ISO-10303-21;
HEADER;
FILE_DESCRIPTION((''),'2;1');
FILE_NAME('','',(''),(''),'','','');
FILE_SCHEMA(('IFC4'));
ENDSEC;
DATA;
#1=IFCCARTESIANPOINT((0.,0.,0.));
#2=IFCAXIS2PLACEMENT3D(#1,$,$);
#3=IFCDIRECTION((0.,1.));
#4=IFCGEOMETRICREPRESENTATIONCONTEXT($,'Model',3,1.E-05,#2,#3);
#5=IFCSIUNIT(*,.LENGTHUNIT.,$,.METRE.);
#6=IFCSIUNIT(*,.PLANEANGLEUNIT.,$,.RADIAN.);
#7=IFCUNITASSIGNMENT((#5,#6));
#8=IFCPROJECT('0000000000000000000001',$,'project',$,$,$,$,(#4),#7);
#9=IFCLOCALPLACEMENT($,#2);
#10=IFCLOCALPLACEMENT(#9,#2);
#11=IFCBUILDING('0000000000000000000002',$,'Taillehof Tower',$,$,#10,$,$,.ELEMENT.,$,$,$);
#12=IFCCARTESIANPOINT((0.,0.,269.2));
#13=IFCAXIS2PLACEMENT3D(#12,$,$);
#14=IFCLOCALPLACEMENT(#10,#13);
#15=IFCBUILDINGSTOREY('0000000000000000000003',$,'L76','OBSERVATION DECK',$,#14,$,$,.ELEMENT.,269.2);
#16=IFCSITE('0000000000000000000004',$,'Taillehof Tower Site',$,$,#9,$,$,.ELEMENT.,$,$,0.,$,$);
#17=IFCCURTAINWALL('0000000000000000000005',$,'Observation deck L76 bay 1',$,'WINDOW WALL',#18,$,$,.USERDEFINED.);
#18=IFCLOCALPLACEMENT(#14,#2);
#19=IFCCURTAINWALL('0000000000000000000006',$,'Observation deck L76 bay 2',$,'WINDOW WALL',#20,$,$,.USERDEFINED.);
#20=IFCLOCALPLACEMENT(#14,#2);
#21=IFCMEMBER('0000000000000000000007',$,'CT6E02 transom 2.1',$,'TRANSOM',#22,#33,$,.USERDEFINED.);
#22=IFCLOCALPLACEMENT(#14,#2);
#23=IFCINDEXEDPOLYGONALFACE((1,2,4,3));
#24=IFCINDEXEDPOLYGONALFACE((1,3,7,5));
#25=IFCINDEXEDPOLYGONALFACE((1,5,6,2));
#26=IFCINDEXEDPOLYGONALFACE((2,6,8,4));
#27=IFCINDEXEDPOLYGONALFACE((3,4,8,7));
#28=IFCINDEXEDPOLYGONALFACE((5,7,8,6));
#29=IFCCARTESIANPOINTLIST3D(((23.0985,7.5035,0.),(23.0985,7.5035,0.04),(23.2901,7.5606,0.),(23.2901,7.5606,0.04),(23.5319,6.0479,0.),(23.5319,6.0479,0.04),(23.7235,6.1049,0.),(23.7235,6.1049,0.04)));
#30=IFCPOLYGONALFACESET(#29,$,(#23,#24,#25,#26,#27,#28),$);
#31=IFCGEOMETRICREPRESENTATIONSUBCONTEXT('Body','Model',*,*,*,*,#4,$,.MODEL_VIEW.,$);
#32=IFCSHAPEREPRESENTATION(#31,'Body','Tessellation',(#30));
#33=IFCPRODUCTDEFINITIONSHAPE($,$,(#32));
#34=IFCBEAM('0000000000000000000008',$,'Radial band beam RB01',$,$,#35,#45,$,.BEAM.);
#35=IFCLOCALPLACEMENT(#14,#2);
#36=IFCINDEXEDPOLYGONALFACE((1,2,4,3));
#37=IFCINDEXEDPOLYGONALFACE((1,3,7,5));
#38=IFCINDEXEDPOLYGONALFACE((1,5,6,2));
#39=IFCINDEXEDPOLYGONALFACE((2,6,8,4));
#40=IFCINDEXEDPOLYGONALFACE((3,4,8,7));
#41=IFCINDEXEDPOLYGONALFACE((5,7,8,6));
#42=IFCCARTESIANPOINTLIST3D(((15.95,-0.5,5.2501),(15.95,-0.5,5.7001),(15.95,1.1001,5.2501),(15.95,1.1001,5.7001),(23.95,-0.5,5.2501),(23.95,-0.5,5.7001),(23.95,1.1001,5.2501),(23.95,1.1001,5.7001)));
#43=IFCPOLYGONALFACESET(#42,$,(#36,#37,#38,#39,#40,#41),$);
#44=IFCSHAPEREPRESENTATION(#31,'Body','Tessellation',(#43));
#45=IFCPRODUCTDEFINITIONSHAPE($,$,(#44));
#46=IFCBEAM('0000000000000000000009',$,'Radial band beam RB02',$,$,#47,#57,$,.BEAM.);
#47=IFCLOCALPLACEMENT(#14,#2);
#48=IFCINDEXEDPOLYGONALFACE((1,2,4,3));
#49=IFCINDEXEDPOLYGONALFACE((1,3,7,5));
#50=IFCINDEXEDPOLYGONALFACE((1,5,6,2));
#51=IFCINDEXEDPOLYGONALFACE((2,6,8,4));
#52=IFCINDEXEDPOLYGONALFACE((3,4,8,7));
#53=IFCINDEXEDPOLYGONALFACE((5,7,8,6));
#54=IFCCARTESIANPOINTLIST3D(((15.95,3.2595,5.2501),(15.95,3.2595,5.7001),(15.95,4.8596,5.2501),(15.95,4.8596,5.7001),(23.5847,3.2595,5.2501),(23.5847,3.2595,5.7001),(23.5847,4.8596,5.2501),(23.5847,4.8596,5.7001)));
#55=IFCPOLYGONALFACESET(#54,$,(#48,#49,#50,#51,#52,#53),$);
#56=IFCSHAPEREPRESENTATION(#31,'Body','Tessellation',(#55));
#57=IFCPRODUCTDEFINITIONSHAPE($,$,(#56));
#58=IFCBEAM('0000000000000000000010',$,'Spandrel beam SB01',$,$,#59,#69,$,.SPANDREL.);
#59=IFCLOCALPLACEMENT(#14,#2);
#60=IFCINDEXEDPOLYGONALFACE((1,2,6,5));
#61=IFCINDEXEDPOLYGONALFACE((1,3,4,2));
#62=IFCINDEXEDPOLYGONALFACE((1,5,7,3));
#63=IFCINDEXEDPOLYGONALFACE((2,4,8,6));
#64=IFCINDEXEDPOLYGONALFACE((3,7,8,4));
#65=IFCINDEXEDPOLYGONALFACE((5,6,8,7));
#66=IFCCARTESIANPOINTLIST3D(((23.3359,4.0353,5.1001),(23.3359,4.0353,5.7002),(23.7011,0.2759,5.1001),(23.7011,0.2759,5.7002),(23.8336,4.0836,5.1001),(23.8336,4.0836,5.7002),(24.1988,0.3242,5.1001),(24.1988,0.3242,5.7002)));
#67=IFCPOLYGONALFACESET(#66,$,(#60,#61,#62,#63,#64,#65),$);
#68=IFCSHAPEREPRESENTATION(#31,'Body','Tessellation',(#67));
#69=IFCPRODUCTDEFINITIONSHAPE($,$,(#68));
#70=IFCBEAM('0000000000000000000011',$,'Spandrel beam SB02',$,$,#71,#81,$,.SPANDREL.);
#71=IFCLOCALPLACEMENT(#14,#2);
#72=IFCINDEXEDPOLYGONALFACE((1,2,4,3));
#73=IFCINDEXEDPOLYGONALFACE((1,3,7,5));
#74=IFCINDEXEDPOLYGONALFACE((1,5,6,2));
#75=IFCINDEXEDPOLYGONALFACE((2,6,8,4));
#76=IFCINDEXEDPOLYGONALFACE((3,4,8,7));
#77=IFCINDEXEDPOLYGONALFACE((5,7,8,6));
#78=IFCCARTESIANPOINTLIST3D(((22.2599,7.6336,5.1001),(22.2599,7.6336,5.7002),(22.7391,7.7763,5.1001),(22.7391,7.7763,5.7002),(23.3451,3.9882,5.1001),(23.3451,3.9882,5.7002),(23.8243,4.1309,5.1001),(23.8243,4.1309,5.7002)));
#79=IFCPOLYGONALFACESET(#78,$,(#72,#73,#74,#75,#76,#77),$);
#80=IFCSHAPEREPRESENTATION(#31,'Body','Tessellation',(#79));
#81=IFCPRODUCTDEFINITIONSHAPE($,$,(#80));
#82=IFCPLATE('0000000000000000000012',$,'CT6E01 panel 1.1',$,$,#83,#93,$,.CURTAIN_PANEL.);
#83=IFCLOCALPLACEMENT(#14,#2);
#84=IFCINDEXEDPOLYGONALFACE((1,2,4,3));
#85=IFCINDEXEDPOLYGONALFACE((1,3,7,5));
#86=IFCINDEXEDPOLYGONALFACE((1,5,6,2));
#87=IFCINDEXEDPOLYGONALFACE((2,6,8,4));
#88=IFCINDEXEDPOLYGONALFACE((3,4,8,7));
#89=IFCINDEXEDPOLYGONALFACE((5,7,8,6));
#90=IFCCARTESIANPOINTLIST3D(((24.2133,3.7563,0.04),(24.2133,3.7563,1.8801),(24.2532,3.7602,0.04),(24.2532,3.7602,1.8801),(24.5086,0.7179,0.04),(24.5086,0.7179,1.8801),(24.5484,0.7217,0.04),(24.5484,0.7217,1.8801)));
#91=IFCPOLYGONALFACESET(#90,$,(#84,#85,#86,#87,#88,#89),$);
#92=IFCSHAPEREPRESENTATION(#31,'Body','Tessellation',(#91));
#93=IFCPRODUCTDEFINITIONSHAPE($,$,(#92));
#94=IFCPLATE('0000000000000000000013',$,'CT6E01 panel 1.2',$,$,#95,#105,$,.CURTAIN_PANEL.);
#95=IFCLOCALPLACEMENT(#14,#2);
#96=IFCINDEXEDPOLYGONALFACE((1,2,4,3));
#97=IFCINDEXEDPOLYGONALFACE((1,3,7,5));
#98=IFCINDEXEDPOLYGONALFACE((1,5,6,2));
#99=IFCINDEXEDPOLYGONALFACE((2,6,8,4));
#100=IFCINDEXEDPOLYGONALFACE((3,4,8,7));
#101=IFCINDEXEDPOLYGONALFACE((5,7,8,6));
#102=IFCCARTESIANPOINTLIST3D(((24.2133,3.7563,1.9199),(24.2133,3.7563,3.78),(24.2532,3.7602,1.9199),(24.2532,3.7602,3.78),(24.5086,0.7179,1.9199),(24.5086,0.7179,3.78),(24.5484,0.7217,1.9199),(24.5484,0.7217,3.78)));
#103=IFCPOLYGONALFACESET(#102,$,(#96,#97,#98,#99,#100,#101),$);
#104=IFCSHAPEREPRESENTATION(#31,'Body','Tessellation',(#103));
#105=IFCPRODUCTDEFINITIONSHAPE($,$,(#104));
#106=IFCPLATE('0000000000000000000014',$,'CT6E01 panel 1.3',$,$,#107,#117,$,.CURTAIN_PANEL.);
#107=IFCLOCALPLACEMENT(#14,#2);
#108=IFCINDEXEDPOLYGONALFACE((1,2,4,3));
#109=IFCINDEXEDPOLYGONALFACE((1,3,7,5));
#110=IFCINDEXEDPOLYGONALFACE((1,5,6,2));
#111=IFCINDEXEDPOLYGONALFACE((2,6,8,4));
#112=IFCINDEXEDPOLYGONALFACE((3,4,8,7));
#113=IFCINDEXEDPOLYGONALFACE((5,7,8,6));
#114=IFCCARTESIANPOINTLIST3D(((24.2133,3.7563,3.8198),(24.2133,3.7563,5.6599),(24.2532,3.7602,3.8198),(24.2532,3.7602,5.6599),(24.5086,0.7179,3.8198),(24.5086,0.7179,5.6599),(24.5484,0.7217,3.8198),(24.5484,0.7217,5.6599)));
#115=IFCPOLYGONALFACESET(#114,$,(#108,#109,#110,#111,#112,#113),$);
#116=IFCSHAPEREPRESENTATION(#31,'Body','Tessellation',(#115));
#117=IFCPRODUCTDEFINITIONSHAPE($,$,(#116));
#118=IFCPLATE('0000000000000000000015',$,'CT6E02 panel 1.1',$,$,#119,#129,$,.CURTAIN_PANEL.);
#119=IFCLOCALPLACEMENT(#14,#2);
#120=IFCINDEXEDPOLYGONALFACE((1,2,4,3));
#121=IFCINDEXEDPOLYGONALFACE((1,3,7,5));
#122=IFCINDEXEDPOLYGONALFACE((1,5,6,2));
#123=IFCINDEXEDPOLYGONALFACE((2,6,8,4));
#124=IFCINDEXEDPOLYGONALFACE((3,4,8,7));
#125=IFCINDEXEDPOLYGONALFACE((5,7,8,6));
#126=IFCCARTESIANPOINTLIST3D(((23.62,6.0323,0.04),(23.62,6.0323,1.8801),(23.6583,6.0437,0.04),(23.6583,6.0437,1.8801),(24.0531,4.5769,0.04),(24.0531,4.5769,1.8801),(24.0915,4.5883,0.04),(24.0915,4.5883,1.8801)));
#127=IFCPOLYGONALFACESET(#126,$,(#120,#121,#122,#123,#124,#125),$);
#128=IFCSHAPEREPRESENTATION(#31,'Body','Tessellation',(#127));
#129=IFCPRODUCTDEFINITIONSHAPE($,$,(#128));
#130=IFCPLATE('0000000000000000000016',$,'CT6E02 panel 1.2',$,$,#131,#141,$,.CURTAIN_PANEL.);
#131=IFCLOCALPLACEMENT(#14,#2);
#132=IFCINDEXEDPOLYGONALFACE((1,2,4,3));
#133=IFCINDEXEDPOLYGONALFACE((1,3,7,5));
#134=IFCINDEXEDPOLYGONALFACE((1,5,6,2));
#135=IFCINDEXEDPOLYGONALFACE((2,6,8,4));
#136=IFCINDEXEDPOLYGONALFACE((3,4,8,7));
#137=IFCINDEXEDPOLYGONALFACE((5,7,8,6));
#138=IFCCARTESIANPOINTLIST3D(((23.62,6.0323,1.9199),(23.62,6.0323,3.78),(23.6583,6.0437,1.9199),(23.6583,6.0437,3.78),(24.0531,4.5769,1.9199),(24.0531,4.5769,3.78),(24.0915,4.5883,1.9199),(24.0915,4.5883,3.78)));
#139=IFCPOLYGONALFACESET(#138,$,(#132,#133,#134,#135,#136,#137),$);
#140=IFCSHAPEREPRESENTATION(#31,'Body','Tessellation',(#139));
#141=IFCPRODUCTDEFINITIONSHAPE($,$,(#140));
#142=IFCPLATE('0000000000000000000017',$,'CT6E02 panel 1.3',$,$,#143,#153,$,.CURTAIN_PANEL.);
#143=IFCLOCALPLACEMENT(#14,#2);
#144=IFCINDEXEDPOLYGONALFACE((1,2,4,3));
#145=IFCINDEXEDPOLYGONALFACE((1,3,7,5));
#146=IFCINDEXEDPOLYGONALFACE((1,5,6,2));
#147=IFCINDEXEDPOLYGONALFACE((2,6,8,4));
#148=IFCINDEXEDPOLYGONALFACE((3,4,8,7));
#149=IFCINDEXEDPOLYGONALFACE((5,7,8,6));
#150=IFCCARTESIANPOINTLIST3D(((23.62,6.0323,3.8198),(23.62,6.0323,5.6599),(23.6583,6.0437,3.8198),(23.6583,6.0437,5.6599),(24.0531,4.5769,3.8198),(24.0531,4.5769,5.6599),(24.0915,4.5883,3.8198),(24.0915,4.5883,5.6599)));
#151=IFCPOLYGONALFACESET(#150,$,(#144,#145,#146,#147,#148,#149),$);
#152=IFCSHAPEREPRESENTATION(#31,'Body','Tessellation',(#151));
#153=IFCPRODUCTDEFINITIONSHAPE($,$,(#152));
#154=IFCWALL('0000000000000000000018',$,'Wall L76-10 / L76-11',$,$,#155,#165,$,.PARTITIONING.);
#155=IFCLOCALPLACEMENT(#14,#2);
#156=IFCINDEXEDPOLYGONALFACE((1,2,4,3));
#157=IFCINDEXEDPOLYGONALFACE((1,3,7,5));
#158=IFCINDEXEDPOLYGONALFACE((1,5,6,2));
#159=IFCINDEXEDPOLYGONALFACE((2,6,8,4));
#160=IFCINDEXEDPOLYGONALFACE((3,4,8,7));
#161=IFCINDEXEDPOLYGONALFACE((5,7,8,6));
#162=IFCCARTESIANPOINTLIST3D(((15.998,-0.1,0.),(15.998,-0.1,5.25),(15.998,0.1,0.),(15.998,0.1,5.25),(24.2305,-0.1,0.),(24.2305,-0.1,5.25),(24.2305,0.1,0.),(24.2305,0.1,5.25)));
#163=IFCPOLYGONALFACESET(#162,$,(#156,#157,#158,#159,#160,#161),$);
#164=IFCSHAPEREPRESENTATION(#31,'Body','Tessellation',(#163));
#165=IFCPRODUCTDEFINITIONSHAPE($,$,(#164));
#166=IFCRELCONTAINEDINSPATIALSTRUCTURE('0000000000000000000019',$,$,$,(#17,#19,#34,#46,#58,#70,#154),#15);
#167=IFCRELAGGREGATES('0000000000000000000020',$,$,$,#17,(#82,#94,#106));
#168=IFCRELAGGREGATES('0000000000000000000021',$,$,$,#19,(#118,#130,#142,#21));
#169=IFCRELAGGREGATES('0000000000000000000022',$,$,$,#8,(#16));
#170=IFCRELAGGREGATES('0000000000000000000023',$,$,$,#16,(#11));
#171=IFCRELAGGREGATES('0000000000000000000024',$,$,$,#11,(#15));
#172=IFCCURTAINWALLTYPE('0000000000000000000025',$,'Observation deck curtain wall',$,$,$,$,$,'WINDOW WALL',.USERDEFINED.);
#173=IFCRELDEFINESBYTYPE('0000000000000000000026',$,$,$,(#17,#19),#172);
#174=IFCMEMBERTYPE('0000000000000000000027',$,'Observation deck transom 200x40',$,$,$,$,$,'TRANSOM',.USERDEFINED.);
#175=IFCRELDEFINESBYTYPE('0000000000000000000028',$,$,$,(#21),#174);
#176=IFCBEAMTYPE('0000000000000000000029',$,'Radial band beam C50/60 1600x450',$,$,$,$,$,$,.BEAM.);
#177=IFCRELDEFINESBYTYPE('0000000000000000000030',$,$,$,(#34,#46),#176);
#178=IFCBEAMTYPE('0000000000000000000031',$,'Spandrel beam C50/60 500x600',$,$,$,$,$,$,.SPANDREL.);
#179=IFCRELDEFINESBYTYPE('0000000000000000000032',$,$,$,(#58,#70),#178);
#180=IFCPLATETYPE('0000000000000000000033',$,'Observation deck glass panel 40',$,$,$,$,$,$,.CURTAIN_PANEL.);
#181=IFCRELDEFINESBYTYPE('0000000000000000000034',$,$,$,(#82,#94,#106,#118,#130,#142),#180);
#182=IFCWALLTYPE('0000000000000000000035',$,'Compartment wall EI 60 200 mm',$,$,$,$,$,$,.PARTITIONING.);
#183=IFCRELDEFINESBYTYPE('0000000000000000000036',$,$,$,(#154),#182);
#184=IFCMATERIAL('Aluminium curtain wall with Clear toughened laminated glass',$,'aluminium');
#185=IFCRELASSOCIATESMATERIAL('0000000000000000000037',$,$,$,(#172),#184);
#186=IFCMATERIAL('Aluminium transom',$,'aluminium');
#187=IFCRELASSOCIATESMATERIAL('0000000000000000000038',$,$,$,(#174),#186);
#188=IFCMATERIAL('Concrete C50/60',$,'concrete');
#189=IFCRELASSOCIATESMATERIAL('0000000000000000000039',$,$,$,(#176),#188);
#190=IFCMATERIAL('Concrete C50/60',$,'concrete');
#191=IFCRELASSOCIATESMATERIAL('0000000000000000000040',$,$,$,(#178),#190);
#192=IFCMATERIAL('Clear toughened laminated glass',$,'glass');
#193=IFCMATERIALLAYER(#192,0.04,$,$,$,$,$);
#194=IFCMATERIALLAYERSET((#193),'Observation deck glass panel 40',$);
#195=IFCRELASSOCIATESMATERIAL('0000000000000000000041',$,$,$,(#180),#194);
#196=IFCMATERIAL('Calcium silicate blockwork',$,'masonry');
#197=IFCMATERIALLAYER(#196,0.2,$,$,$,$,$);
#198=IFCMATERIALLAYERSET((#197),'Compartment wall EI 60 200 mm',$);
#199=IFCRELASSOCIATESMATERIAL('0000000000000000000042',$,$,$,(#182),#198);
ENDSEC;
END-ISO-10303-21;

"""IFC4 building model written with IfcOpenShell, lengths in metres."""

from ifc_helpers import new_model, si_unit, direction, frame, frame_2d, origin, origin_2d, place, context, subcontext, project, spatial, rectangle, extrude, material, layer, layer_set, material_profile, profile_set, type_object, element, aggregate, save


model = new_model("IFC4")

# Units and contexts
model_context = context("Model", 3, precision=1e-05, world=origin(), true_north=direction((0.0, 1.0)))
body_context = subcontext(model_context, "Body", "Model", "MODEL_VIEW")
ifc_project = project(units=[si_unit("LENGTHUNIT", "METRE"), si_unit("PLANEANGLEUNIT", "RADIAN")], contexts=[model_context])

# Site, building, storey
site_placement = place(None, origin())
site = spatial("IfcSite", under=ifc_project, at=site_placement, Name="Taillehof Tower Site", CompositionType="ELEMENT", RefElevation=0.0)
building_placement = place(site_placement, origin())
building = spatial("IfcBuilding", under=site, at=building_placement, Name="Taillehof Tower", CompositionType="ELEMENT")
storey_placement = place(building_placement, frame((0.0, 0.0, 269.2)))
storey = spatial("IfcBuildingStorey", under=building, at=storey_placement, Name="L76", Description="OBSERVATION DECK", CompositionType="ELEMENT", Elevation=269.2)

# Curtain walls
ifc_material_1 = material(Name="Aluminium curtain wall with Clear toughened laminated glass", Category="aluminium")
curtain_wall_type = type_object("IfcCurtainWallType", Name="Observation deck curtain wall", ElementType="WINDOW WALL", PredefinedType="USERDEFINED", material=ifc_material_1)
curtain_wall_1_placement = place(storey_placement, origin())
curtain_wall_1 = element("IfcCurtainWall", 1, at=curtain_wall_1_placement, inside=storey, type_object=curtain_wall_type, Name="Observation deck L76 bay 1", ObjectType="WINDOW WALL", PredefinedType="USERDEFINED")
curtain_wall_2_placement = place(storey_placement, origin())
curtain_wall_2 = element("IfcCurtainWall", 2, at=curtain_wall_2_placement, inside=storey, type_object=curtain_wall_type, Name="Observation deck L76 bay 2", ObjectType="WINDOW WALL", PredefinedType="USERDEFINED")

# Member
ifc_material_2 = material(Name="Aluminium transom", Category="aluminium")
ifc_material_profile_1 = material_profile(ifc_material_2, rectangle(XDim=0.2, YDim=0.04, at=origin_2d()), Name="AL 200x40")
ifc_profile_set_1 = profile_set([ifc_material_profile_1], Name="Aluminium transom")
member_type_1 = type_object("IfcMemberType", Name="Observation deck transom 200x40", ElementType="TRANSOM", PredefinedType="USERDEFINED", material=ifc_profile_set_1)
member_1_placement = place(storey_placement, frame((23.6277, 6.0764, 0.02), z_axis=(-0.285341, 0.958426, 0.0), x_axis=(-0.958426, -0.285341, 0.0)))
member_1 = element("IfcMember", 3, at=member_1_placement, type_object=member_type_1, Name="CT6E02 transom 2.1", ObjectType="TRANSOM", PredefinedType="USERDEFINED", context=body_context, shape_type="SweptSolid", body=[
    extrude(rectangle(XDim=0.2, YDim=0.04, at=origin_2d()), origin(), (0.0, 0.0, 1.0), 1.5188),
])

# Beams
ifc_material_3 = material(Name="Concrete C50/60", Category="concrete")
ifc_material_profile_2 = material_profile(ifc_material_3, rectangle(XDim=1.6001, YDim=0.45, at=origin_2d()), Name="RC 1600x450")
ifc_profile_set_2 = profile_set([ifc_material_profile_2], Name="Concrete C50/60")
beam_type_1 = type_object("IfcBeamType", Name="Radial band beam C50/60 1600x450", PredefinedType="BEAM", material=ifc_profile_set_2)
beam_1_placement = place(storey_placement, frame((23.95, 0.3, 5.4751), z_axis=(-1.0, 0.0, 0.0), x_axis=(0.0, -1.0, 0.0)))
element("IfcBeam", 4, at=beam_1_placement, inside=storey, type_object=beam_type_1, Name="Radial band beam RB01", PredefinedType="BEAM", context=body_context, shape_type="SweptSolid", body=[
    extrude(rectangle(XDim=1.6001, YDim=0.45, at=origin_2d()), origin(), (0.0, 0.0, 1.0), 8.0),
])
beam_2_placement = place(storey_placement, frame((23.5847, 4.0596, 5.4751), z_axis=(-1.0, 0.0, 0.0), x_axis=(0.0, -1.0, 0.0)))
element("IfcBeam", 5, at=beam_2_placement, inside=storey, type_object=beam_type_1, Name="Radial band beam RB02", PredefinedType="BEAM", context=body_context, shape_type="SweptSolid", body=[
    extrude(rectangle(XDim=1.6001, YDim=0.45, at=origin_2d()), origin(), (0.0, 0.0, 1.0), 7.6348),
])
ifc_material_4 = material(Name="Concrete C50/60", Category="concrete")
ifc_material_profile_3 = material_profile(ifc_material_4, rectangle(XDim=0.5, YDim=0.6001, at=origin_2d()), Name="RC 500x600")
ifc_profile_set_3 = profile_set([ifc_material_profile_3], Name="Concrete C50/60")
beam_type_2 = type_object("IfcBeamType", Name="Spandrel beam C50/60 500x600", PredefinedType="SPANDREL", material=ifc_profile_set_3)
beam_3_placement = place(storey_placement, frame((23.95, 0.3, 5.4001), z_axis=(-0.096694, 0.995314, 0.0), x_axis=(-0.995314, -0.096694, 0.0)))
element("IfcBeam", 6, at=beam_3_placement, inside=storey, type_object=beam_type_2, Name="Spandrel beam SB01", PredefinedType="SPANDREL", context=body_context, shape_type="SweptSolid", body=[
    extrude(rectangle(XDim=0.5, YDim=0.6001, at=origin_2d()), origin(), (0.0, 0.0, 1.0), 3.7771),
])
beam_4_placement = place(storey_placement, frame((23.5847, 4.0596, 5.4001), z_axis=(-0.285327, 0.95843, 0.0), x_axis=(-0.95843, -0.285327, 0.0)))
element("IfcBeam", 7, at=beam_4_placement, inside=storey, type_object=beam_type_2, Name="Spandrel beam SB02", PredefinedType="SPANDREL", context=body_context, shape_type="SweptSolid", body=[
    extrude(rectangle(XDim=0.5, YDim=0.6001, at=origin_2d()), origin(), (0.0, 0.0, 1.0), 3.8035),
])

# Plates
ifc_material_5 = material(Name="Clear toughened laminated glass", Category="glass")
ifc_layer_1 = layer(ifc_material_5, 0.04)
ifc_layer_set_1 = layer_set([ifc_layer_1], Name="Observation deck glass panel 40")
plate_type = type_object("IfcPlateType", Name="Observation deck glass panel 40", PredefinedType="CURTAIN_PANEL", material=ifc_layer_set_1)
plate_1_placement = place(storey_placement, frame((24.3809, 2.239, 0.04), z_axis=(0.0, 0.0, 1.0), x_axis=(-0.096714, 0.995312, 0.0)))
plate_1 = element("IfcPlate", 8, at=plate_1_placement, type_object=plate_type, Name="CT6E01 panel 1.1", PredefinedType="CURTAIN_PANEL", context=body_context, shape_type="SweptSolid", body=[
    extrude(rectangle(XDim=3.0527, YDim=0.04, at=origin_2d()), origin(), (0.0, 0.0, 1.0), 1.8401),
])
plate_2_placement = place(storey_placement, frame((24.3809, 2.239, 1.9199), z_axis=(0.0, 0.0, 1.0), x_axis=(-0.096714, 0.995312, 0.0)))
plate_2 = element("IfcPlate", 9, at=plate_2_placement, type_object=plate_type, Name="CT6E01 panel 1.2", PredefinedType="CURTAIN_PANEL", context=body_context, shape_type="SweptSolid", body=[
    extrude(rectangle(XDim=3.0527, YDim=0.04, at=origin_2d()), origin(), (0.0, 0.0, 1.0), 1.8601),
])
plate_3_placement = place(storey_placement, frame((24.3809, 2.239, 3.8198), z_axis=(0.0, 0.0, 1.0), x_axis=(-0.096714, 0.995312, 0.0)))
plate_3 = element("IfcPlate", 10, at=plate_3_placement, type_object=plate_type, Name="CT6E01 panel 1.3", PredefinedType="CURTAIN_PANEL", context=body_context, shape_type="SweptSolid", body=[
    extrude(rectangle(XDim=3.0527, YDim=0.04, at=origin_2d()), origin(), (0.0, 0.0, 1.0), 1.8401),
])
aggregate(curtain_wall_1, [plate_1, plate_2, plate_3])
plate_4_placement = place(storey_placement, frame((23.8557, 5.3103, 0.04), z_axis=(0.0, 0.0, 1.0), x_axis=(-0.285236, 0.958457, 0.0)))
plate_4 = element("IfcPlate", 11, at=plate_4_placement, type_object=plate_type, Name="CT6E02 panel 1.1", PredefinedType="CURTAIN_PANEL", context=body_context, shape_type="SweptSolid", body=[
    extrude(rectangle(XDim=1.5186, YDim=0.04, at=origin_2d()), origin(), (0.0, 0.0, 1.0), 1.8401),
])
plate_5_placement = place(storey_placement, frame((23.8557, 5.3103, 1.9199), z_axis=(0.0, 0.0, 1.0), x_axis=(-0.285236, 0.958457, 0.0)))
plate_5 = element("IfcPlate", 12, at=plate_5_placement, type_object=plate_type, Name="CT6E02 panel 1.2", PredefinedType="CURTAIN_PANEL", context=body_context, shape_type="SweptSolid", body=[
    extrude(rectangle(XDim=1.5186, YDim=0.04, at=origin_2d()), origin(), (0.0, 0.0, 1.0), 1.8601),
])
plate_6_placement = place(storey_placement, frame((23.8557, 5.3103, 3.8198), z_axis=(0.0, 0.0, 1.0), x_axis=(-0.285236, 0.958457, 0.0)))
plate_6 = element("IfcPlate", 13, at=plate_6_placement, type_object=plate_type, Name="CT6E02 panel 1.3", PredefinedType="CURTAIN_PANEL", context=body_context, shape_type="SweptSolid", body=[
    extrude(rectangle(XDim=1.5186, YDim=0.04, at=origin_2d()), origin(), (0.0, 0.0, 1.0), 1.8401),
])
aggregate(curtain_wall_2, [plate_4, plate_5, plate_6, member_1])

# Wall
ifc_material_6 = material(Name="Calcium silicate blockwork", Category="masonry")
ifc_layer_2 = layer(ifc_material_6, 0.2)
ifc_layer_set_2 = layer_set([ifc_layer_2], Name="Compartment wall EI 60 200 mm")
wall_type = type_object("IfcWallType", Name="Compartment wall EI 60 200 mm", PredefinedType="PARTITIONING", material=ifc_layer_set_2)
wall_placement = place(storey_placement, frame((15.998, 0.0, 0.0), z_axis=(0.0, 0.0, 1.0), x_axis=(1.0, 0.0, 0.0)))
element("IfcWall", 14, at=wall_placement, inside=storey, type_object=wall_type, Name="Wall L76-10 / L76-11", PredefinedType="PARTITIONING", context=body_context, shape_type="SweptSolid", body=[
    extrude(rectangle(XDim=8.2324, YDim=0.2, at=frame_2d((4.1162, 0.0))), origin(), (0.0, 0.0, 1.0), 5.25),
])

save(model, "model.ifc")
